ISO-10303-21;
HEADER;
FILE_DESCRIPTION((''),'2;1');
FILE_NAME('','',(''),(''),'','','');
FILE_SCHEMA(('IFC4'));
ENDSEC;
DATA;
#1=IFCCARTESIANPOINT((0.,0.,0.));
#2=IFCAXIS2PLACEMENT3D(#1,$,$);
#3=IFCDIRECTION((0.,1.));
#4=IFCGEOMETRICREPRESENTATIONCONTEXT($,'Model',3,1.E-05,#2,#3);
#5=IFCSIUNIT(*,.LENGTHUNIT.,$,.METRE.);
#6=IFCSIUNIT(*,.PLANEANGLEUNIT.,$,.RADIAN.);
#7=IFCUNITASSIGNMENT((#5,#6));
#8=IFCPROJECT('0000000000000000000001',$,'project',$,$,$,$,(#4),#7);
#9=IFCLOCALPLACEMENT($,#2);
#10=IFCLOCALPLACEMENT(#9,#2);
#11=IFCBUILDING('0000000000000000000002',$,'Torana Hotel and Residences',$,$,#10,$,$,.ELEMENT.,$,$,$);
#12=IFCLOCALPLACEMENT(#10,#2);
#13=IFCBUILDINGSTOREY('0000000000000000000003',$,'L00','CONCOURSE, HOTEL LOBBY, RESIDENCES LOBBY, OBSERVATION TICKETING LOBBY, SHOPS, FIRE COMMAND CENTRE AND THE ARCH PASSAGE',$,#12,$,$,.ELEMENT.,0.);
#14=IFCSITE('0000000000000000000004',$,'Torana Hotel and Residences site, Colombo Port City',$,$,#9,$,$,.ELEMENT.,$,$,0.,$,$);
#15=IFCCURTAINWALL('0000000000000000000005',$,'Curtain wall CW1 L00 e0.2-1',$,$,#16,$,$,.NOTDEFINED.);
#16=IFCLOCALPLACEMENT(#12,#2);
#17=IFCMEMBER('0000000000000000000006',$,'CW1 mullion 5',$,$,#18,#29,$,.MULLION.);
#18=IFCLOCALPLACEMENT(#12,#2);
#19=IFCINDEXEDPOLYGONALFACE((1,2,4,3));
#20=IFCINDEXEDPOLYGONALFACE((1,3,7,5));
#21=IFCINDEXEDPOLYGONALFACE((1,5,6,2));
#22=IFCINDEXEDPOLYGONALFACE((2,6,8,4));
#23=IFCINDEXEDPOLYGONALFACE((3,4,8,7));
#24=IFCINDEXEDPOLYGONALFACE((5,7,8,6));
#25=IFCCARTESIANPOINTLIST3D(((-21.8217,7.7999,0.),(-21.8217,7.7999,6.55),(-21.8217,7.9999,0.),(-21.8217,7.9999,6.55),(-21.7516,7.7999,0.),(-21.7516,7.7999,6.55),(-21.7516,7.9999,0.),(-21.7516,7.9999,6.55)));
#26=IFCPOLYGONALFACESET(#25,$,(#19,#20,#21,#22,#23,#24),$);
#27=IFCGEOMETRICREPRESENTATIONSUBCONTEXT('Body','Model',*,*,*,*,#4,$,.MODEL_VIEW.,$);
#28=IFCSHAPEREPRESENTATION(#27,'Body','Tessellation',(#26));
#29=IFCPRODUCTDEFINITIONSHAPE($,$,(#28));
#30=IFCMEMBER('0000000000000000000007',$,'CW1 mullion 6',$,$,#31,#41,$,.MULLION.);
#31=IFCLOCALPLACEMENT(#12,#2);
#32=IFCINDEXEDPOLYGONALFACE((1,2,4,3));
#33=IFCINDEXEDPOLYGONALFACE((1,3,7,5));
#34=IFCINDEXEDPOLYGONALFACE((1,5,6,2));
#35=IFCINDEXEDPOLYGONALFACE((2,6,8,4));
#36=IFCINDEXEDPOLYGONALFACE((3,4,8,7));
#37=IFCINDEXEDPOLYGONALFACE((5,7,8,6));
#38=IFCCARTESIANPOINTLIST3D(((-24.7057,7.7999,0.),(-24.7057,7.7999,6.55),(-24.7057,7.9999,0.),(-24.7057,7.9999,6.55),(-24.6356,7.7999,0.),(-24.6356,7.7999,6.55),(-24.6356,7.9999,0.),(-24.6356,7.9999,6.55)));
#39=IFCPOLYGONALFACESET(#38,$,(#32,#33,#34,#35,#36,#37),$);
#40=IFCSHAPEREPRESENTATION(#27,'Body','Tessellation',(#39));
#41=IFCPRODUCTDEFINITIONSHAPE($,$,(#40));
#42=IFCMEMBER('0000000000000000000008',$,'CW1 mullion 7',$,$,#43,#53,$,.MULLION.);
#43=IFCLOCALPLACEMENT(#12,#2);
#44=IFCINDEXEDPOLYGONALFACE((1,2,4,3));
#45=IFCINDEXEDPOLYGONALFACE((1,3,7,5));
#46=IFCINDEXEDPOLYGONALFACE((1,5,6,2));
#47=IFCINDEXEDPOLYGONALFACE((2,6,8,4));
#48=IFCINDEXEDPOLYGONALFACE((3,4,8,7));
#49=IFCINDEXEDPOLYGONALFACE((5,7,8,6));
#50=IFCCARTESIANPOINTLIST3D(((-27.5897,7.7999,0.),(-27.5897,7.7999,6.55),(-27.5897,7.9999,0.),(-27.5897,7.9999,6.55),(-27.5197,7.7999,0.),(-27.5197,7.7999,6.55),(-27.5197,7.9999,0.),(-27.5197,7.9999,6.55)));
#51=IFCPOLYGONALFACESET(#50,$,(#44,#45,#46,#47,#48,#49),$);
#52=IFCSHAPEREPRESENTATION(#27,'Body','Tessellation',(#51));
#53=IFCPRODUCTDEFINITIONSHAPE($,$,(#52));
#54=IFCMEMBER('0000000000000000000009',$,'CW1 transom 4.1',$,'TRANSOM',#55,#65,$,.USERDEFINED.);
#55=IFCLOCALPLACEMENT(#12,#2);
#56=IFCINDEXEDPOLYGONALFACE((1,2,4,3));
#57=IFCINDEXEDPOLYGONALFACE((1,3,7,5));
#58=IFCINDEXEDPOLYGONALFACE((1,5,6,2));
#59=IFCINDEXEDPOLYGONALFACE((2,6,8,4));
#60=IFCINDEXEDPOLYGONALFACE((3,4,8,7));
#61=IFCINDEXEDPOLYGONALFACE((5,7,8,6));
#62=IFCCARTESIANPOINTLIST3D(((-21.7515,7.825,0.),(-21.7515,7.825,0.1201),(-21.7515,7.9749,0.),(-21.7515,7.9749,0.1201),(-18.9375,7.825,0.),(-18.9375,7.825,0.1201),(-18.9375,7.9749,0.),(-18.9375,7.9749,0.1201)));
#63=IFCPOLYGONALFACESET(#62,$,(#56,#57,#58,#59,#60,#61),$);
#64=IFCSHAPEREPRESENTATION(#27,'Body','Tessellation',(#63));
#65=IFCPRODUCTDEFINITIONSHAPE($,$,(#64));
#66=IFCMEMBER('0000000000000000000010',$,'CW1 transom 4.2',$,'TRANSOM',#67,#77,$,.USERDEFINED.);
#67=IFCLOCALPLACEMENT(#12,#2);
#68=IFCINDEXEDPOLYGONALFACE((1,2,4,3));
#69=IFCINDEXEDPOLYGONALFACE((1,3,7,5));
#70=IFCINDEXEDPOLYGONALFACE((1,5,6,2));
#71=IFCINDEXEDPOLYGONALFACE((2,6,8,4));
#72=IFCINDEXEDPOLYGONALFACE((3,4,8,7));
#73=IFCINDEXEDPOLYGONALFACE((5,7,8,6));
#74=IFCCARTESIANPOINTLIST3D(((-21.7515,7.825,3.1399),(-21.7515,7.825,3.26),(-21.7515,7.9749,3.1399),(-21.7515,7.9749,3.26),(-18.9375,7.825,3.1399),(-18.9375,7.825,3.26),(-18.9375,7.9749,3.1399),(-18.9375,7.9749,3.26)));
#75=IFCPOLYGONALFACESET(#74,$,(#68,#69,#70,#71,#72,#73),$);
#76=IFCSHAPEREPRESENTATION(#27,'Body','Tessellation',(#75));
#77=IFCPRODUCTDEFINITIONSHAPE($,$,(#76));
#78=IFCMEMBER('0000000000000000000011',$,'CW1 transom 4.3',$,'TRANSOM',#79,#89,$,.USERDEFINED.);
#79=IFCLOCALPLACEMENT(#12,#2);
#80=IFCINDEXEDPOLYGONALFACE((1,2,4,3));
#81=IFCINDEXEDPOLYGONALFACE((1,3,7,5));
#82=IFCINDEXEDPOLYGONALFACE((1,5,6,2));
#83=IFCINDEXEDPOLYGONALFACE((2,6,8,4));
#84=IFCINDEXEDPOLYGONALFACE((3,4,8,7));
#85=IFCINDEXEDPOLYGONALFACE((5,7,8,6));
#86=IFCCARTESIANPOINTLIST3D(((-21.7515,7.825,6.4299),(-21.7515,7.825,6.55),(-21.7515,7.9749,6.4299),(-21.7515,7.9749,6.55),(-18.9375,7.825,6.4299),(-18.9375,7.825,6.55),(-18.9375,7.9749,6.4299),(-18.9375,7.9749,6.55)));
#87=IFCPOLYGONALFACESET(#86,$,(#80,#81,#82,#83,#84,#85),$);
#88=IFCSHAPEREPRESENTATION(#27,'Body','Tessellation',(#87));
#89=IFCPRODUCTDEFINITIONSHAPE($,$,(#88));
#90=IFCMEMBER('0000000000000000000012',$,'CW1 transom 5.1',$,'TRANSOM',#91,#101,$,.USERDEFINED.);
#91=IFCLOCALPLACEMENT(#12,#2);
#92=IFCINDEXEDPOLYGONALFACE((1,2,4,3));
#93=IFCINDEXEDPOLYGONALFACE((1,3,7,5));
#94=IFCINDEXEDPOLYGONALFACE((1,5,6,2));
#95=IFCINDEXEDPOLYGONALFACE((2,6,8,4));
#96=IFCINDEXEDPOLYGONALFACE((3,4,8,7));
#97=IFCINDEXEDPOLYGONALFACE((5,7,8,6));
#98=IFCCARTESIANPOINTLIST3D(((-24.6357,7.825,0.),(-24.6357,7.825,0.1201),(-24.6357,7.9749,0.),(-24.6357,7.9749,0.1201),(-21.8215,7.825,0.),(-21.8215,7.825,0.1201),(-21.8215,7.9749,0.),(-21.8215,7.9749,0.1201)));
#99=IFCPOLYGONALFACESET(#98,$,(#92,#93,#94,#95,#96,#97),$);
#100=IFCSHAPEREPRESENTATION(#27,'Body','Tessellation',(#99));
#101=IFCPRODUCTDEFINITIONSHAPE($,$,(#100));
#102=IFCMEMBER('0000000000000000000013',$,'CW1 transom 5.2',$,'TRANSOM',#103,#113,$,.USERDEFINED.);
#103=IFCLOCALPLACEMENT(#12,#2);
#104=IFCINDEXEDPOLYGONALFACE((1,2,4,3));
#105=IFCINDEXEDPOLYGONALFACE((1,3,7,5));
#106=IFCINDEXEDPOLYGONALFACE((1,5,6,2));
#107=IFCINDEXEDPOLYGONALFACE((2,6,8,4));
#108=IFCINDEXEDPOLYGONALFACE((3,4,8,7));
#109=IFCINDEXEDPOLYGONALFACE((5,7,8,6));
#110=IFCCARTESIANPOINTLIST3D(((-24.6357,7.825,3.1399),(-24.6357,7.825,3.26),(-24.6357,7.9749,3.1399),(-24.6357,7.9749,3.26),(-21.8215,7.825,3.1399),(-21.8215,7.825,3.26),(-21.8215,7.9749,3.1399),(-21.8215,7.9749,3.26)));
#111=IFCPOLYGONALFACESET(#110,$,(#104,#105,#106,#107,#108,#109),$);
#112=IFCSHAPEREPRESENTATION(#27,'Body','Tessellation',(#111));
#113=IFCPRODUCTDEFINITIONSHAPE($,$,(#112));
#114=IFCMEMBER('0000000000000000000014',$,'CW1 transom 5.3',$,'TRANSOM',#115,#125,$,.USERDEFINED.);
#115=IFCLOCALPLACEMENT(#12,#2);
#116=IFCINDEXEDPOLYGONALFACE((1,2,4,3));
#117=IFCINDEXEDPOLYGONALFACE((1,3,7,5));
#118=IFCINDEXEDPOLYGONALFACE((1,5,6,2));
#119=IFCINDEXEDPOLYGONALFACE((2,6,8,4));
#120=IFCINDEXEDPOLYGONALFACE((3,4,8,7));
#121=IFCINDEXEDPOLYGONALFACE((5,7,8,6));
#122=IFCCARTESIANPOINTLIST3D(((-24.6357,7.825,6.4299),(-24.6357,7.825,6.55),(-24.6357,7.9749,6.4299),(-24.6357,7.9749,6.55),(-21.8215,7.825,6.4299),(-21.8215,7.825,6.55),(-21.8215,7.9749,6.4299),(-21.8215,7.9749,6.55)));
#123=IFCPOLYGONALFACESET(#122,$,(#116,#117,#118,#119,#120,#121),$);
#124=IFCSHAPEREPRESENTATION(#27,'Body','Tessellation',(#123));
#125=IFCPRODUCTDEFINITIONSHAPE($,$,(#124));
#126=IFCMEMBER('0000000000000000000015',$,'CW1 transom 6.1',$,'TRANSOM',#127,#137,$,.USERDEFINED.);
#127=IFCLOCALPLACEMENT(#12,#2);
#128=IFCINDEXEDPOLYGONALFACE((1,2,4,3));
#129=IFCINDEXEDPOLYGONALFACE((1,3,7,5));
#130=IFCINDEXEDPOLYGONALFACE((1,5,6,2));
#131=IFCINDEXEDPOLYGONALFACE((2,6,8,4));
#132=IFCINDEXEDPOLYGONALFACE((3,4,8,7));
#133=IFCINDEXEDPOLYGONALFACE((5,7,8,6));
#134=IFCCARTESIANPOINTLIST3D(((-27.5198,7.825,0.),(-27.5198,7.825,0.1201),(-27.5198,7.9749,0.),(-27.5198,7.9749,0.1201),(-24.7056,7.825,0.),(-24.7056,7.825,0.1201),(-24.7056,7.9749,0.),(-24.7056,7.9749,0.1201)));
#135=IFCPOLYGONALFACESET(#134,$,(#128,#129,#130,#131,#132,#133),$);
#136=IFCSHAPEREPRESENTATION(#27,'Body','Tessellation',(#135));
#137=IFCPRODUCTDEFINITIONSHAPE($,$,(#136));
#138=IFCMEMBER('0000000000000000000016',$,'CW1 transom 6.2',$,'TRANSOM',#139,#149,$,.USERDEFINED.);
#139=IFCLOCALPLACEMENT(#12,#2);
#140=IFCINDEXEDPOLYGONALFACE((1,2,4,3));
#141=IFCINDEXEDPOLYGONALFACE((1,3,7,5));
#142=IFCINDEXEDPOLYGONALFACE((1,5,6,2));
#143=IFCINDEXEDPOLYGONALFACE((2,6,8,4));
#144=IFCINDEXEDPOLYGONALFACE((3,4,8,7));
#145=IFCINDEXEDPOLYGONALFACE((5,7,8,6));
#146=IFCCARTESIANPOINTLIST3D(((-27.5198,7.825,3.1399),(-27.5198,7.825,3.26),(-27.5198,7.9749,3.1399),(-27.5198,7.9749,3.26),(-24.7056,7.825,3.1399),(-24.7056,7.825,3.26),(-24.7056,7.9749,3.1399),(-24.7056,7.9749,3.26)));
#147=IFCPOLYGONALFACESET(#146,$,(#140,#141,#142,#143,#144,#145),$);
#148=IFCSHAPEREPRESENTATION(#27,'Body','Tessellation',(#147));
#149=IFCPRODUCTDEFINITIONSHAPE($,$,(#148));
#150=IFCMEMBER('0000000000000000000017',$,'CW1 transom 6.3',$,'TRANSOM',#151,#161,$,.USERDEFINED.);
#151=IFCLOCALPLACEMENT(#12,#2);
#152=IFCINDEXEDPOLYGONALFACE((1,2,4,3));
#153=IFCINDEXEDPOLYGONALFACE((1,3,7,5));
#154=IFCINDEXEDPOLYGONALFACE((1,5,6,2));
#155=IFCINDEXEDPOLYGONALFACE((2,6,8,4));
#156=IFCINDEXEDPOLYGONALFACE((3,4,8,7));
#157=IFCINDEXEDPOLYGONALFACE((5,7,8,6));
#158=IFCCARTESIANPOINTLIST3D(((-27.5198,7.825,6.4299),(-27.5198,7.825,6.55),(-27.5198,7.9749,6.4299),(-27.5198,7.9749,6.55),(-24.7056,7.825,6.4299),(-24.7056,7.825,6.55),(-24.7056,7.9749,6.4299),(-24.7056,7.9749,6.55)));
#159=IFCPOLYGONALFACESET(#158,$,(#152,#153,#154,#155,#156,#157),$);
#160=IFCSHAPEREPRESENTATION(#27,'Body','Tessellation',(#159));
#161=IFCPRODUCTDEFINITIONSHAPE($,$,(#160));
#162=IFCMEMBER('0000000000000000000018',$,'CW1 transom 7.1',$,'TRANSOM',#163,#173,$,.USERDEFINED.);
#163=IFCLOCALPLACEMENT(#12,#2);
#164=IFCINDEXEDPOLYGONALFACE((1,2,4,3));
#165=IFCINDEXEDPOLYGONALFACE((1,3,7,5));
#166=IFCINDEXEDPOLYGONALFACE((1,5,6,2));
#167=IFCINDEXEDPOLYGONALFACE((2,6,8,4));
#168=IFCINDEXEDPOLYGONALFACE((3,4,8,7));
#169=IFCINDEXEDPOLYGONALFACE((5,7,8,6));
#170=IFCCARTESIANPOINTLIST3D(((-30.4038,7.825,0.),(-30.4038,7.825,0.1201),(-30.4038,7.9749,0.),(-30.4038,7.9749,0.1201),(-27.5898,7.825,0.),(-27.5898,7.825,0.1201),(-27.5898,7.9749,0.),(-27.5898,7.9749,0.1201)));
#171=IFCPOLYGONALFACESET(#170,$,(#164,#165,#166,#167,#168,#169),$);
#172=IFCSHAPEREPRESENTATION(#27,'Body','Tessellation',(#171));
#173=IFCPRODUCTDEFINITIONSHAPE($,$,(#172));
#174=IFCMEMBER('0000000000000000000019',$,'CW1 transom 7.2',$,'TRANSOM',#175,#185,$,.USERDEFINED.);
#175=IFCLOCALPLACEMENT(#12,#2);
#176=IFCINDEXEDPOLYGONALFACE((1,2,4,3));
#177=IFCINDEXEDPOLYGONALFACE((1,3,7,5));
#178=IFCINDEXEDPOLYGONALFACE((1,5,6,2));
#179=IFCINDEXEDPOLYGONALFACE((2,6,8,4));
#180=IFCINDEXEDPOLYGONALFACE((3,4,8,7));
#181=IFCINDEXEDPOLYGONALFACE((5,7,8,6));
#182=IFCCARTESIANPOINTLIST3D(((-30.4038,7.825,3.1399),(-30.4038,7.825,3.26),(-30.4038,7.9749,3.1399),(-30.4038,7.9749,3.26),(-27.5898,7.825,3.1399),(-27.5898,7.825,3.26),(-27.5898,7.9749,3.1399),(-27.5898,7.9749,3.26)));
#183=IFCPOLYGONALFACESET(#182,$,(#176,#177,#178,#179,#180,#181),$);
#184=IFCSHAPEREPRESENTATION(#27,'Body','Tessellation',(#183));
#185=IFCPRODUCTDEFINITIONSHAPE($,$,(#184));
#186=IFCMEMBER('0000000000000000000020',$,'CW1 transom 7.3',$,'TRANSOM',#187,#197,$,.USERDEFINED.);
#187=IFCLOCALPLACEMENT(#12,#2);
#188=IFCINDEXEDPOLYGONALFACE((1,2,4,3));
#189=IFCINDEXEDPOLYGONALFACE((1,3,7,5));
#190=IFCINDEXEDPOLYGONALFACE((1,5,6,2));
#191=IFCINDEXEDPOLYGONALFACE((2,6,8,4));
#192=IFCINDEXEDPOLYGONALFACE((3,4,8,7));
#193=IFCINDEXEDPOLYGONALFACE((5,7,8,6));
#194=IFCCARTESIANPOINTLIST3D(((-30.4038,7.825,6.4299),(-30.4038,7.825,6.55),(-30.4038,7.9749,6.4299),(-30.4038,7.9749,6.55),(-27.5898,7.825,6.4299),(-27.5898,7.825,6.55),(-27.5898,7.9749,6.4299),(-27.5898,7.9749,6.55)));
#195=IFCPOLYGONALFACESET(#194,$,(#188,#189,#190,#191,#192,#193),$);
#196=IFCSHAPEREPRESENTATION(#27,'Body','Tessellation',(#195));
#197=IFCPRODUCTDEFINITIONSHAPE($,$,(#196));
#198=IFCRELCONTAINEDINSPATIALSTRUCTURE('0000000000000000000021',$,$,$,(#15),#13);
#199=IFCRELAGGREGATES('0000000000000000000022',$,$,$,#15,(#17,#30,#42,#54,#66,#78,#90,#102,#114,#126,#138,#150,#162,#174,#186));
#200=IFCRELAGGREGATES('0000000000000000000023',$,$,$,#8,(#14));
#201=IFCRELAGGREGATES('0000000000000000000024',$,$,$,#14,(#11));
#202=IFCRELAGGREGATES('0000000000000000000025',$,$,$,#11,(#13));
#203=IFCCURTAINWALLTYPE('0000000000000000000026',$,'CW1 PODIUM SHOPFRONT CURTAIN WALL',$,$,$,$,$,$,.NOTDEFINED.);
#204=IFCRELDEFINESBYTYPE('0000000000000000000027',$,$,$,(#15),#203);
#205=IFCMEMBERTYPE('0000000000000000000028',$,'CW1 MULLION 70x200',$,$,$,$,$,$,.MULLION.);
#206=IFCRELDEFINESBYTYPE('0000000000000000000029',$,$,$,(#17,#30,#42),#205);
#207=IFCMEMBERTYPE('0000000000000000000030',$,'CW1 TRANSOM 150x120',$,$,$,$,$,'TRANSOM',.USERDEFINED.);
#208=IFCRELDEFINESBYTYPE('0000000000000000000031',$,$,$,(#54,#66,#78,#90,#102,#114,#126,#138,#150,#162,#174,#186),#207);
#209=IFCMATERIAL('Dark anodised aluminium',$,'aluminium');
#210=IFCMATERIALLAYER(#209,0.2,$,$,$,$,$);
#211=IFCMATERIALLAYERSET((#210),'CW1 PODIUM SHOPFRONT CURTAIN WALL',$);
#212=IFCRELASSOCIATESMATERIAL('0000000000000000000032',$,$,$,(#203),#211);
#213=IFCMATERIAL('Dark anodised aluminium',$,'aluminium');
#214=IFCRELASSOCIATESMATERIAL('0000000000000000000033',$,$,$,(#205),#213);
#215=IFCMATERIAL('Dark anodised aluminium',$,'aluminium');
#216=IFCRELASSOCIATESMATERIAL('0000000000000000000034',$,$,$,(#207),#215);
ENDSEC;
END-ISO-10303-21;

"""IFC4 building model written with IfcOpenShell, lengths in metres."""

from ifc_helpers import new_model, si_unit, direction, frame, origin, origin_2d, place, context, subcontext, project, spatial, rectangle, extrude, material, layer, layer_set, material_profile, profile_set, type_object, element, aggregate, save


model = new_model("IFC4")

# Units and contexts
model_context = context("Model", 3, precision=1e-05, world=origin(), true_north=direction((0.0, 1.0)))
body_context = subcontext(model_context, "Body", "Model", "MODEL_VIEW")
ifc_project = project(units=[si_unit("LENGTHUNIT", "METRE"), si_unit("PLANEANGLEUNIT", "RADIAN")], contexts=[model_context])

# Site, building, storey
site_placement = place(None, origin())
site = spatial("IfcSite", under=ifc_project, at=site_placement, Name="Torana Hotel and Residences site, Colombo Port City", CompositionType="ELEMENT", RefElevation=0.0)
building_placement = place(site_placement, origin())
building = spatial("IfcBuilding", under=site, at=building_placement, Name="Torana Hotel and Residences", CompositionType="ELEMENT")
storey_placement = place(building_placement, origin())
storey = spatial("IfcBuildingStorey", under=building, at=storey_placement, Name="L00", Description="CONCOURSE, HOTEL LOBBY, RESIDENCES LOBBY, OBSERVATION TICKETING LOBBY, SHOPS, FIRE COMMAND CENTRE AND THE ARCH PASSAGE", CompositionType="ELEMENT", Elevation=0.0)

# Curtain wall, members
ifc_material_1 = material(Name="Dark anodised aluminium", Category="aluminium")
ifc_layer_1 = layer(ifc_material_1, 0.2)
ifc_layer_set_1 = layer_set([ifc_layer_1], Name="CW1 PODIUM SHOPFRONT CURTAIN WALL")
curtain_wall_type = type_object("IfcCurtainWallType", Name="CW1 PODIUM SHOPFRONT CURTAIN WALL", PredefinedType="NOTDEFINED", material=ifc_layer_set_1)
curtain_wall_placement = place(storey_placement, origin())
curtain_wall = element("IfcCurtainWall", 1, at=curtain_wall_placement, inside=storey, type_object=curtain_wall_type, Name="Curtain wall CW1 L00 e0.2-1", PredefinedType="NOTDEFINED")
ifc_material_2 = material(Name="Dark anodised aluminium", Category="aluminium")
ifc_material_profile_1 = material_profile(ifc_material_2, rectangle(XDim=0.2, YDim=0.0701, at=origin_2d()), Name="CW1 MULLION 70x200")
ifc_profile_set_1 = profile_set([ifc_material_profile_1], Name="Dark anodised aluminium")
member_type_1 = type_object("IfcMemberType", Name="CW1 MULLION 70x200", PredefinedType="MULLION", material=ifc_profile_set_1)
member_1_placement = place(storey_placement, frame((-21.7866, 7.8999, 0.0), z_axis=(0.0, 0.0, 1.0), x_axis=(0.0, -1.0, 0.0)))
member_1 = element("IfcMember", 2, at=member_1_placement, type_object=member_type_1, Name="CW1 mullion 5", PredefinedType="MULLION", context=body_context, shape_type="SweptSolid", body=[
    extrude(rectangle(XDim=0.2, YDim=0.0701, at=origin_2d()), origin(), (0.0, 0.0, 1.0), 6.55),
])
member_2_placement = place(storey_placement, frame((-24.6707, 7.8999, 0.0), z_axis=(0.0, 0.0, 1.0), x_axis=(0.0, -1.0, 0.0)))
member_2 = element("IfcMember", 3, at=member_2_placement, type_object=member_type_1, Name="CW1 mullion 6", PredefinedType="MULLION", context=body_context, shape_type="SweptSolid", body=[
    extrude(rectangle(XDim=0.2, YDim=0.0701, at=origin_2d()), origin(), (0.0, 0.0, 1.0), 6.55),
])
member_3_placement = place(storey_placement, frame((-27.5547, 7.8999, 0.0), z_axis=(0.0, 0.0, 1.0), x_axis=(0.0, -1.0, 0.0)))
member_3 = element("IfcMember", 4, at=member_3_placement, type_object=member_type_1, Name="CW1 mullion 7", PredefinedType="MULLION", context=body_context, shape_type="SweptSolid", body=[
    extrude(rectangle(XDim=0.2, YDim=0.0701, at=origin_2d()), origin(), (0.0, 0.0, 1.0), 6.55),
])
ifc_material_3 = material(Name="Dark anodised aluminium", Category="aluminium")
ifc_material_profile_2 = material_profile(ifc_material_3, rectangle(XDim=0.1499, YDim=0.1201, at=origin_2d()), Name="CW1 TRANSOM 150x120")
ifc_profile_set_2 = profile_set([ifc_material_profile_2], Name="Dark anodised aluminium")
member_type_2 = type_object("IfcMemberType", Name="CW1 TRANSOM 150x120", ElementType="TRANSOM", PredefinedType="USERDEFINED", material=ifc_profile_set_2)
member_4_placement = place(storey_placement, frame((-18.9375, 7.8999, 0.0601), z_axis=(-1.0, 0.0, 0.0), x_axis=(0.0, -1.0, 0.0)))
member_4 = element("IfcMember", 5, at=member_4_placement, type_object=member_type_2, Name="CW1 transom 4.1", ObjectType="TRANSOM", PredefinedType="USERDEFINED", context=body_context, shape_type="SweptSolid", body=[
    extrude(rectangle(XDim=0.1499, YDim=0.1201, at=origin_2d()), origin(), (0.0, 0.0, 1.0), 2.814),
])
member_5_placement = place(storey_placement, frame((-18.9375, 7.8999, 3.2), z_axis=(-1.0, 0.0, 0.0), x_axis=(0.0, -1.0, 0.0)))
member_5 = element("IfcMember", 6, at=member_5_placement, type_object=member_type_2, Name="CW1 transom 4.2", ObjectType="TRANSOM", PredefinedType="USERDEFINED", context=body_context, shape_type="SweptSolid", body=[
    extrude(rectangle(XDim=0.1499, YDim=0.1201, at=origin_2d()), origin(), (0.0, 0.0, 1.0), 2.814),
])
member_6_placement = place(storey_placement, frame((-18.9375, 7.8999, 6.49), z_axis=(-1.0, 0.0, 0.0), x_axis=(0.0, -1.0, 0.0)))
member_6 = element("IfcMember", 7, at=member_6_placement, type_object=member_type_2, Name="CW1 transom 4.3", ObjectType="TRANSOM", PredefinedType="USERDEFINED", context=body_context, shape_type="SweptSolid", body=[
    extrude(rectangle(XDim=0.1499, YDim=0.1201, at=origin_2d()), origin(), (0.0, 0.0, 1.0), 2.814),
])
member_7_placement = place(storey_placement, frame((-21.8215, 7.8999, 0.0601), z_axis=(-1.0, 0.0, 0.0), x_axis=(0.0, -1.0, 0.0)))
member_7 = element("IfcMember", 8, at=member_7_placement, type_object=member_type_2, Name="CW1 transom 5.1", ObjectType="TRANSOM", PredefinedType="USERDEFINED", context=body_context, shape_type="SweptSolid", body=[
    extrude(rectangle(XDim=0.1499, YDim=0.1201, at=origin_2d()), origin(), (0.0, 0.0, 1.0), 2.8142),
])
member_8_placement = place(storey_placement, frame((-21.8215, 7.8999, 3.2), z_axis=(-1.0, 0.0, 0.0), x_axis=(0.0, -1.0, 0.0)))
member_8 = element("IfcMember", 9, at=member_8_placement, type_object=member_type_2, Name="CW1 transom 5.2", ObjectType="TRANSOM", PredefinedType="USERDEFINED", context=body_context, shape_type="SweptSolid", body=[
    extrude(rectangle(XDim=0.1499, YDim=0.1201, at=origin_2d()), origin(), (0.0, 0.0, 1.0), 2.8142),
])
member_9_placement = place(storey_placement, frame((-21.8215, 7.8999, 6.49), z_axis=(-1.0, 0.0, 0.0), x_axis=(0.0, -1.0, 0.0)))
member_9 = element("IfcMember", 10, at=member_9_placement, type_object=member_type_2, Name="CW1 transom 5.3", ObjectType="TRANSOM", PredefinedType="USERDEFINED", context=body_context, shape_type="SweptSolid", body=[
    extrude(rectangle(XDim=0.1499, YDim=0.1201, at=origin_2d()), origin(), (0.0, 0.0, 1.0), 2.8142),
])
member_10_placement = place(storey_placement, frame((-24.7056, 7.8999, 0.0601), z_axis=(-1.0, 0.0, 0.0), x_axis=(0.0, -1.0, 0.0)))
member_10 = element("IfcMember", 11, at=member_10_placement, type_object=member_type_2, Name="CW1 transom 6.1", ObjectType="TRANSOM", PredefinedType="USERDEFINED", context=body_context, shape_type="SweptSolid", body=[
    extrude(rectangle(XDim=0.1499, YDim=0.1201, at=origin_2d()), origin(), (0.0, 0.0, 1.0), 2.8142),
])
member_11_placement = place(storey_placement, frame((-24.7056, 7.8999, 3.2), z_axis=(-1.0, 0.0, 0.0), x_axis=(0.0, -1.0, 0.0)))
member_11 = element("IfcMember", 12, at=member_11_placement, type_object=member_type_2, Name="CW1 transom 6.2", ObjectType="TRANSOM", PredefinedType="USERDEFINED", context=body_context, shape_type="SweptSolid", body=[
    extrude(rectangle(XDim=0.1499, YDim=0.1201, at=origin_2d()), origin(), (0.0, 0.0, 1.0), 2.8142),
])
member_12_placement = place(storey_placement, frame((-24.7056, 7.8999, 6.49), z_axis=(-1.0, 0.0, 0.0), x_axis=(0.0, -1.0, 0.0)))
member_12 = element("IfcMember", 13, at=member_12_placement, type_object=member_type_2, Name="CW1 transom 6.3", ObjectType="TRANSOM", PredefinedType="USERDEFINED", context=body_context, shape_type="SweptSolid", body=[
    extrude(rectangle(XDim=0.1499, YDim=0.1201, at=origin_2d()), origin(), (0.0, 0.0, 1.0), 2.8142),
])
member_13_placement = place(storey_placement, frame((-27.5898, 7.8999, 0.0601), z_axis=(-1.0, 0.0, 0.0), x_axis=(0.0, -1.0, 0.0)))
member_13 = element("IfcMember", 14, at=member_13_placement, type_object=member_type_2, Name="CW1 transom 7.1", ObjectType="TRANSOM", PredefinedType="USERDEFINED", context=body_context, shape_type="SweptSolid", body=[
    extrude(rectangle(XDim=0.1499, YDim=0.1201, at=origin_2d()), origin(), (0.0, 0.0, 1.0), 2.814),
])
member_14_placement = place(storey_placement, frame((-27.5898, 7.8999, 3.2), z_axis=(-1.0, 0.0, 0.0), x_axis=(0.0, -1.0, 0.0)))
member_14 = element("IfcMember", 15, at=member_14_placement, type_object=member_type_2, Name="CW1 transom 7.2", ObjectType="TRANSOM", PredefinedType="USERDEFINED", context=body_context, shape_type="SweptSolid", body=[
    extrude(rectangle(XDim=0.1499, YDim=0.1201, at=origin_2d()), origin(), (0.0, 0.0, 1.0), 2.814),
])
member_15_placement = place(storey_placement, frame((-27.5898, 7.8999, 6.49), z_axis=(-1.0, 0.0, 0.0), x_axis=(0.0, -1.0, 0.0)))
member_15 = element("IfcMember", 16, at=member_15_placement, type_object=member_type_2, Name="CW1 transom 7.3", ObjectType="TRANSOM", PredefinedType="USERDEFINED", context=body_context, shape_type="SweptSolid", body=[
    extrude(rectangle(XDim=0.1499, YDim=0.1201, at=origin_2d()), origin(), (0.0, 0.0, 1.0), 2.814),
])
aggregate(curtain_wall, [member_1, member_2, member_3, member_4, member_5, member_6, member_7, member_8, member_9, member_10, member_11, member_12, member_13, member_14, member_15])

save(model, "model.ifc")
